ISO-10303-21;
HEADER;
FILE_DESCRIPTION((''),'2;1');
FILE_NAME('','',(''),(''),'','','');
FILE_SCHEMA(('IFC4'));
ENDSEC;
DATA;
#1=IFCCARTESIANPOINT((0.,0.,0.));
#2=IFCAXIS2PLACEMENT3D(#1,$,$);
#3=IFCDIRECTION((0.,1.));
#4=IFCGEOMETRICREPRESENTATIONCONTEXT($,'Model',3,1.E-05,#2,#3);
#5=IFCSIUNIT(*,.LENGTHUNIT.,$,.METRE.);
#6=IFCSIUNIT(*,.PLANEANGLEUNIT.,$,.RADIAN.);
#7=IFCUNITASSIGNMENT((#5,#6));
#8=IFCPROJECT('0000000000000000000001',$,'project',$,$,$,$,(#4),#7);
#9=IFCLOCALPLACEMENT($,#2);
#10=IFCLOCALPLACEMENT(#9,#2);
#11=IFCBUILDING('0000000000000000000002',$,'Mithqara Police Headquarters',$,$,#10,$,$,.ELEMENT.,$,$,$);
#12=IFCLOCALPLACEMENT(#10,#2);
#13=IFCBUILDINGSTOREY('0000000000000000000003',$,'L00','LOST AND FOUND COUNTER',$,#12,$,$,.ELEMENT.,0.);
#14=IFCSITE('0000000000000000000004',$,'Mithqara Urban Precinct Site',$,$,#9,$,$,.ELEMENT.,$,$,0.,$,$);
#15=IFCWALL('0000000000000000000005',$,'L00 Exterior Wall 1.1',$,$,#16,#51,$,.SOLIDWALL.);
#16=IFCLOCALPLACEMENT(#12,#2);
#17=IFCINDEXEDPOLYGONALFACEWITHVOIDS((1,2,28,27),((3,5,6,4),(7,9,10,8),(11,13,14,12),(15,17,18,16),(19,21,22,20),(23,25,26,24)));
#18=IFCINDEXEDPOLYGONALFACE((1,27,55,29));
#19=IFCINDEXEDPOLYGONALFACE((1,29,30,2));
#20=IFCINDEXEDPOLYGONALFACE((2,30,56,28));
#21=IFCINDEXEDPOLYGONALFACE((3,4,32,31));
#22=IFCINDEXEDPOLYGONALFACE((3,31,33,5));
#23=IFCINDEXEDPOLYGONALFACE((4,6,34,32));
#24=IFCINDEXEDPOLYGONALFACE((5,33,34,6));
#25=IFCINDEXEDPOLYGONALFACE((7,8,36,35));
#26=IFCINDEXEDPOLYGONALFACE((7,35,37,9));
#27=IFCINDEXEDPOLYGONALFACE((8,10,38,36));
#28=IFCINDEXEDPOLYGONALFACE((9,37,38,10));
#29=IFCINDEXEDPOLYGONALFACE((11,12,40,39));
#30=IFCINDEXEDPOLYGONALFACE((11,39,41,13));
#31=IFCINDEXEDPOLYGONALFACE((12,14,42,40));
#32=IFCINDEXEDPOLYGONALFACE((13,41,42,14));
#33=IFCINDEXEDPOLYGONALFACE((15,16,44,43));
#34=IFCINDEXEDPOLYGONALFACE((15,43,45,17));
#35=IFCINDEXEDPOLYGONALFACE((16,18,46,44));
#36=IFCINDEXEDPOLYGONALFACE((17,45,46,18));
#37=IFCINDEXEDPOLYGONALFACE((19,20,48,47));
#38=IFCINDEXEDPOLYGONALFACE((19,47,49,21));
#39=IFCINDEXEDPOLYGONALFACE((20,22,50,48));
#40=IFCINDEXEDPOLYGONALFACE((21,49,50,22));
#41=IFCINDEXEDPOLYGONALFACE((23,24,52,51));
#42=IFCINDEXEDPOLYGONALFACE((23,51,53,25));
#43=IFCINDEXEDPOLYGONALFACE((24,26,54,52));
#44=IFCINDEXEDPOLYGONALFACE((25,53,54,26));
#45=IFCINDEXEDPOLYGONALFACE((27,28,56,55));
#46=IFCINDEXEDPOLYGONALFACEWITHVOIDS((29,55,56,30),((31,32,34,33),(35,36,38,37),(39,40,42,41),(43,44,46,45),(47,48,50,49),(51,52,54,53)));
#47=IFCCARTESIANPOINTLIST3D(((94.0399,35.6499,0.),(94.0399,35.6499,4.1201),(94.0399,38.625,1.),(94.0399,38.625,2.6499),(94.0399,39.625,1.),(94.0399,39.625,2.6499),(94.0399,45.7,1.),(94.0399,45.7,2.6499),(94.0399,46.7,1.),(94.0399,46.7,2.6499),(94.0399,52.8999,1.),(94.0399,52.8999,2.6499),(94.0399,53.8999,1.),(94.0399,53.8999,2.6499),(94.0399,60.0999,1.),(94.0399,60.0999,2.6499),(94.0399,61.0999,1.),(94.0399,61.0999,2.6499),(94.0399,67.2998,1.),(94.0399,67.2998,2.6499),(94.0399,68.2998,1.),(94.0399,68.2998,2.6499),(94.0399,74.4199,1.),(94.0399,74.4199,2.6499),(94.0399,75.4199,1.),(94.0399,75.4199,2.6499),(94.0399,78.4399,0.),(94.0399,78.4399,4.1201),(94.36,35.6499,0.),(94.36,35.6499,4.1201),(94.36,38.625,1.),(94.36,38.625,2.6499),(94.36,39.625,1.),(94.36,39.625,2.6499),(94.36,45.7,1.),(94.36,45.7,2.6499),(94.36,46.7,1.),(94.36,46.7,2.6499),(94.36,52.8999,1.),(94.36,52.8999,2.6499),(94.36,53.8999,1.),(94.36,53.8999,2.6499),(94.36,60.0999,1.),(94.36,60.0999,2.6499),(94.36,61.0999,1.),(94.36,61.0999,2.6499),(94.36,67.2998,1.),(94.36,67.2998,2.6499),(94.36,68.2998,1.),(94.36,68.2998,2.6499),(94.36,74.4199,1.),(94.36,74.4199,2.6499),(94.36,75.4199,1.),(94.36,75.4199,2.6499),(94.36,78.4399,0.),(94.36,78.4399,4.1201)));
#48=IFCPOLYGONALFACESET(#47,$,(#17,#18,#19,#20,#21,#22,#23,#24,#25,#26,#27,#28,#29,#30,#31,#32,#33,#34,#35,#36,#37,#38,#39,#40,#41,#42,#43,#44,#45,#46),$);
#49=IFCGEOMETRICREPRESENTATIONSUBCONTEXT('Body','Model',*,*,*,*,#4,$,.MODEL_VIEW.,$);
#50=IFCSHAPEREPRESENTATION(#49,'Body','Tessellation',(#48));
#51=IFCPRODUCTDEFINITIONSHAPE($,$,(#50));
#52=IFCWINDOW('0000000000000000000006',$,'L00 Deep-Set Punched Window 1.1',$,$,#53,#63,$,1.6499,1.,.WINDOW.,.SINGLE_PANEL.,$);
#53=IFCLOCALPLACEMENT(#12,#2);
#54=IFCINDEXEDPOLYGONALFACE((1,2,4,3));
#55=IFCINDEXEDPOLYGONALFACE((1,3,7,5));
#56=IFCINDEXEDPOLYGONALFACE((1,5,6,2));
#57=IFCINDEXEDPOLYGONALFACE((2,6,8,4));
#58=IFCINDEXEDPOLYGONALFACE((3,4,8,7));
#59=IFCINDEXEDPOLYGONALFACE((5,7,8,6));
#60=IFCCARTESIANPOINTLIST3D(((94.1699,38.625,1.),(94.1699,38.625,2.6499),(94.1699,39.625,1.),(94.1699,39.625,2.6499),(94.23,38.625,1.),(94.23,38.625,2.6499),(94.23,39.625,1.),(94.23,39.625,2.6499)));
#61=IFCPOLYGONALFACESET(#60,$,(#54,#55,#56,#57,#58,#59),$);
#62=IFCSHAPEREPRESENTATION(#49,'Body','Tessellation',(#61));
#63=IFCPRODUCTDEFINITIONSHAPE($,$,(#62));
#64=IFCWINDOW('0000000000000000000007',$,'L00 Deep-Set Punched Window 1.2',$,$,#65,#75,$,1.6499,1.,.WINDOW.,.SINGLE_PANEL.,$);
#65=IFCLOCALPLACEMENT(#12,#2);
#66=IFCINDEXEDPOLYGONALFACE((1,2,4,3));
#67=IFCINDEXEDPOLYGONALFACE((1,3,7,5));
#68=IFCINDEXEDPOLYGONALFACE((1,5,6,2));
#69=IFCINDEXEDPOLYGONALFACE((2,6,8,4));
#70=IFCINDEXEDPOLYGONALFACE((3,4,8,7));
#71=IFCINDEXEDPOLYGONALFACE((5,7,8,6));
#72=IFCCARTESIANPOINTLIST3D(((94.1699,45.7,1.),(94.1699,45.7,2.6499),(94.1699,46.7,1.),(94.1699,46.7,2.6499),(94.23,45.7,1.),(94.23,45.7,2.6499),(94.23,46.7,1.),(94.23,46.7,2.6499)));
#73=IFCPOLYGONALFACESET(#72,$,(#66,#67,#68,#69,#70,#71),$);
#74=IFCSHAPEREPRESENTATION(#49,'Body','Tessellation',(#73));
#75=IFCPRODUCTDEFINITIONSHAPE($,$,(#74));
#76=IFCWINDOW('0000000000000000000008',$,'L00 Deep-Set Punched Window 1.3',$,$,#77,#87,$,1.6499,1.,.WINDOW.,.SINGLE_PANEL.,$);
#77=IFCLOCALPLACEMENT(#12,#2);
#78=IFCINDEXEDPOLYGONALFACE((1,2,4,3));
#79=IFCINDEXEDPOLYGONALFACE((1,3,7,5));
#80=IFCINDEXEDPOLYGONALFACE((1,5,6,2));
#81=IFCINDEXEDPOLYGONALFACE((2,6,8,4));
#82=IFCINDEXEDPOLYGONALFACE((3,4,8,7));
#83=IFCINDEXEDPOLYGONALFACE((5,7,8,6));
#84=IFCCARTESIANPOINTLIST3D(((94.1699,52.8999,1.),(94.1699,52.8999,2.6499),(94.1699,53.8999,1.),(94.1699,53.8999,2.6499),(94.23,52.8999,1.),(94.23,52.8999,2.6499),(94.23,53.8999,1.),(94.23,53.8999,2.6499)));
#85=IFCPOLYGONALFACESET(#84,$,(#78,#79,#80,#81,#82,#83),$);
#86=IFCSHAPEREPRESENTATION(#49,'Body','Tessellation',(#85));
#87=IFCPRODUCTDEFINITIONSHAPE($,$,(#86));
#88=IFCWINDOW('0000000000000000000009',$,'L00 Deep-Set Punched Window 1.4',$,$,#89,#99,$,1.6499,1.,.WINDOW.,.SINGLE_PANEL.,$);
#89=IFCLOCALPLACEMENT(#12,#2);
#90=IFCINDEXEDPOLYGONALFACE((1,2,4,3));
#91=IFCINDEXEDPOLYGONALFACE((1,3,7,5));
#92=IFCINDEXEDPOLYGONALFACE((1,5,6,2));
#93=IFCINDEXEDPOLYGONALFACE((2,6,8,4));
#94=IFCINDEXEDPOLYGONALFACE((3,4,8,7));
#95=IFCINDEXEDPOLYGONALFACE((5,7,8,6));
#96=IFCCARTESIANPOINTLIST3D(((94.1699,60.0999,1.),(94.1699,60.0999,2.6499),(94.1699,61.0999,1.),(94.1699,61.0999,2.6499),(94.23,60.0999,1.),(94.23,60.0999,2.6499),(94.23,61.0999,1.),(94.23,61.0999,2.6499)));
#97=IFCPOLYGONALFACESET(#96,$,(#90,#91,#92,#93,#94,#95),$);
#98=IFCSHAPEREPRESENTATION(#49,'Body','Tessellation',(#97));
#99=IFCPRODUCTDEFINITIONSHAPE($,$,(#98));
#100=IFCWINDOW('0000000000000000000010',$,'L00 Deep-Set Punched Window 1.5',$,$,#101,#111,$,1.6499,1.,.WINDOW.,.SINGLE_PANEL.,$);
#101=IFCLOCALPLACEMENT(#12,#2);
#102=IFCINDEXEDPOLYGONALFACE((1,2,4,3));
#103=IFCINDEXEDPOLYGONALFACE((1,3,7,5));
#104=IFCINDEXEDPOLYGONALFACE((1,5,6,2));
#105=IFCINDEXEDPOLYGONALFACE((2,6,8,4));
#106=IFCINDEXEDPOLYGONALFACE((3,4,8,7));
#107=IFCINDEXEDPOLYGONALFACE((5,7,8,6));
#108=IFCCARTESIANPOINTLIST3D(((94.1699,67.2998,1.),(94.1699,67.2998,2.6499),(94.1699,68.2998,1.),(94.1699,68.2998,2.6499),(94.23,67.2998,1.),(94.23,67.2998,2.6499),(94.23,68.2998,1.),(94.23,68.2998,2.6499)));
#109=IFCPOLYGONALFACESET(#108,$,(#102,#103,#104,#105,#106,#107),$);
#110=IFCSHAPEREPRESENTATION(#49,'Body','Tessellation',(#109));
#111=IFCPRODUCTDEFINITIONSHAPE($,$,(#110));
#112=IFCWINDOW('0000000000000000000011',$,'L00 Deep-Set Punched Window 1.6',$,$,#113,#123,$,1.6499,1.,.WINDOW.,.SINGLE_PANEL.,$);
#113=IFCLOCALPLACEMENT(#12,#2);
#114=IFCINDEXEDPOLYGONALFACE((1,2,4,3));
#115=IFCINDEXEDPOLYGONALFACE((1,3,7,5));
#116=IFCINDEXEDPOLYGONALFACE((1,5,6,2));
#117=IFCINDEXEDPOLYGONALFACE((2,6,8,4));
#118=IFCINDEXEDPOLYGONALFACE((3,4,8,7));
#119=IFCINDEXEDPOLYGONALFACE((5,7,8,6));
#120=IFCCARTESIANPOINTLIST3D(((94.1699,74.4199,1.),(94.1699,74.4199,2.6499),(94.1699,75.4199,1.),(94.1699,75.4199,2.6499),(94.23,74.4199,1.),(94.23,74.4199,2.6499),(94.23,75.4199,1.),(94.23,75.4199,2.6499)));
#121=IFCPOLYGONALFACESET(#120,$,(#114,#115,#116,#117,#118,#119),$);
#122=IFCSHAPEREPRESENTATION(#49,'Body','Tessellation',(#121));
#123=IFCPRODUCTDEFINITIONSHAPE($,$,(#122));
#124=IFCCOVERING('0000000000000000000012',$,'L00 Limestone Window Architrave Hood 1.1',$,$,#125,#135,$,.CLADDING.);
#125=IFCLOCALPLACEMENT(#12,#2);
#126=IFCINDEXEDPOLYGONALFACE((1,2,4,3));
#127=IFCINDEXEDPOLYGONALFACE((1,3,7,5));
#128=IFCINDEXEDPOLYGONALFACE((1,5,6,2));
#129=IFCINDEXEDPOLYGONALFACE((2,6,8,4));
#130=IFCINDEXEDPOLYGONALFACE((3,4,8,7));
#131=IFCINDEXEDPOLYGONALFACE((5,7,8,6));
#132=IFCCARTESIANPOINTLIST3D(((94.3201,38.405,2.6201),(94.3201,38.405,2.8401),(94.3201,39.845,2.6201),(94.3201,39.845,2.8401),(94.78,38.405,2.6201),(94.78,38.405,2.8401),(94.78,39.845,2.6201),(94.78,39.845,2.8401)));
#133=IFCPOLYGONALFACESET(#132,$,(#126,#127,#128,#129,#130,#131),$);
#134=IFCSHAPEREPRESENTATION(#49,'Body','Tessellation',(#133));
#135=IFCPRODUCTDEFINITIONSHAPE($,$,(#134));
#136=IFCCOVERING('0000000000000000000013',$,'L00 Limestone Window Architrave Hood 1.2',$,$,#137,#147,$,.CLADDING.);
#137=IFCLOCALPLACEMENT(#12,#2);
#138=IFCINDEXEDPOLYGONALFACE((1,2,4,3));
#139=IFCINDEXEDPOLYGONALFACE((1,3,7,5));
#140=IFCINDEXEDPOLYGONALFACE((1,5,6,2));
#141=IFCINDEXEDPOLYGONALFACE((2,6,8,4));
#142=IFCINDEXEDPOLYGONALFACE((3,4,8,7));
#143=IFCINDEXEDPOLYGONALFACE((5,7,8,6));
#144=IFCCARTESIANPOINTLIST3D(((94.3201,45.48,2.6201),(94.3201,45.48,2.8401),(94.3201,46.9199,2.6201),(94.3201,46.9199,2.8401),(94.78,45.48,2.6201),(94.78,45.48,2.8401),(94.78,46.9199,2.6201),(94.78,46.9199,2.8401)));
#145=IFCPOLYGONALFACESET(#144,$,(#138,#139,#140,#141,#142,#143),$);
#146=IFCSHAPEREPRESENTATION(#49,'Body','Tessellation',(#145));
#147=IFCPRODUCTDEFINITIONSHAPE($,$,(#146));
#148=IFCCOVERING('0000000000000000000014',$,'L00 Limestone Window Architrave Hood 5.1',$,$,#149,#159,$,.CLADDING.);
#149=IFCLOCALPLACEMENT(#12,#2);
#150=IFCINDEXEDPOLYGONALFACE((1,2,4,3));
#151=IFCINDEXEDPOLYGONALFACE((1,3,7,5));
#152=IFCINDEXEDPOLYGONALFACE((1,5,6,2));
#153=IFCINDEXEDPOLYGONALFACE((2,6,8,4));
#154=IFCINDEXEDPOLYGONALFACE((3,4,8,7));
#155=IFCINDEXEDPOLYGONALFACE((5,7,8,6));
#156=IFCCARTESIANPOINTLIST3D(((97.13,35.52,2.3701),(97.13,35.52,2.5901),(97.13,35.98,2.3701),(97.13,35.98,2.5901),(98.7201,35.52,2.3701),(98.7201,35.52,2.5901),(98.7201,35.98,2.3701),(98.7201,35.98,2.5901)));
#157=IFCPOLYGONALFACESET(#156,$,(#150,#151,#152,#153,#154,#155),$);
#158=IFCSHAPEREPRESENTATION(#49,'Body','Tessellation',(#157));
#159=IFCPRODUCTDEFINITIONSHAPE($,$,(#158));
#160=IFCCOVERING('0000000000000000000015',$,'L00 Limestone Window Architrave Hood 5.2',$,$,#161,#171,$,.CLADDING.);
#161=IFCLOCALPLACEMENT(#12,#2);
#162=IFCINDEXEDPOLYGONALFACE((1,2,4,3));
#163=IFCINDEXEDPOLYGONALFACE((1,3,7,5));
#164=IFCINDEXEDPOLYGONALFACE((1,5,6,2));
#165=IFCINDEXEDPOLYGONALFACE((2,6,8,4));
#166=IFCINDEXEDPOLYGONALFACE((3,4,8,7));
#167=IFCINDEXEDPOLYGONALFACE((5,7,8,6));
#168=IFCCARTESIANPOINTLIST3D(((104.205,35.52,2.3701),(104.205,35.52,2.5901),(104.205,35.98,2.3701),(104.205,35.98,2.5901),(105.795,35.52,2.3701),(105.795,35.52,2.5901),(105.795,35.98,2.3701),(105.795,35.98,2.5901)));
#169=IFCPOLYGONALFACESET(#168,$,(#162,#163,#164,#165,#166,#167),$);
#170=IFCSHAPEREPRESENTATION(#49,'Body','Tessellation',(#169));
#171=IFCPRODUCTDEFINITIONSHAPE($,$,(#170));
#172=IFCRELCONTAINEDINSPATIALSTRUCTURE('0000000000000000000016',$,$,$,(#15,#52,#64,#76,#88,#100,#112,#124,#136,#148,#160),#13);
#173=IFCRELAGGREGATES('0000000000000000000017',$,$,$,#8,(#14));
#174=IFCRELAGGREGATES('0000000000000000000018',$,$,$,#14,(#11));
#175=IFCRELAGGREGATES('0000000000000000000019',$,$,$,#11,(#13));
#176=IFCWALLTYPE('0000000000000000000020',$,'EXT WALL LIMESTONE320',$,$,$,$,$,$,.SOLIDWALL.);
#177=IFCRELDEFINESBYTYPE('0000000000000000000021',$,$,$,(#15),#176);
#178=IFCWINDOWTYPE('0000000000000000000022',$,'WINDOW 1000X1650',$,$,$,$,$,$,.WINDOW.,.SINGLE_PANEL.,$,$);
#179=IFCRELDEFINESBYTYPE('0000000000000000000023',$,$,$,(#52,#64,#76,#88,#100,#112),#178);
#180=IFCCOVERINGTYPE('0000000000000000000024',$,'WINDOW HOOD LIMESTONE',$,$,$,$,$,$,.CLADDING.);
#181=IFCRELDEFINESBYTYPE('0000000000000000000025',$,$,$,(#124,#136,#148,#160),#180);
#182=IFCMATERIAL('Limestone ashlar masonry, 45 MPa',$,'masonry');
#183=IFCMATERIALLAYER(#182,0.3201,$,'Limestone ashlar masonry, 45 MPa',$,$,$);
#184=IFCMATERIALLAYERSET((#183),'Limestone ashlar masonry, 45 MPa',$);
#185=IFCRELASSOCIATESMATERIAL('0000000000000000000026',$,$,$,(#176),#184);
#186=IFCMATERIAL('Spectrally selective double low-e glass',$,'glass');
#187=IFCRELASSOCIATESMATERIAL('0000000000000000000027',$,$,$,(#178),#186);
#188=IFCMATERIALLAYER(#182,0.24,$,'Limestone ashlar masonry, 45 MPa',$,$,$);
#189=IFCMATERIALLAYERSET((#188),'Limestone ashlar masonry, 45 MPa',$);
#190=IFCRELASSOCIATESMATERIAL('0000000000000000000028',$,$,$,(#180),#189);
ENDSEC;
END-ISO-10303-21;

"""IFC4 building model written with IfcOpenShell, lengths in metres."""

from ifc_helpers import new_model, si_unit, direction, frame, frame_2d, origin, origin_2d, place, context, subcontext, project, spatial, rectangle, extrude, material, layer, layer_set, type_object, element, fill, save


model = new_model("IFC4")

# Units and contexts
model_context = context("Model", 3, precision=1e-05, world=origin(), true_north=direction((0.0, 1.0)))
body_context = subcontext(model_context, "Body", "Model", "MODEL_VIEW")
ifc_project = project(units=[si_unit("LENGTHUNIT", "METRE"), si_unit("PLANEANGLEUNIT", "RADIAN")], contexts=[model_context])

# Site, building, storey
site_placement = place(None, origin())
site = spatial("IfcSite", under=ifc_project, at=site_placement, Name="Mithqara Urban Precinct Site", CompositionType="ELEMENT", RefElevation=0.0)
building_placement = place(site_placement, origin())
building = spatial("IfcBuilding", under=site, at=building_placement, Name="Mithqara Police Headquarters", CompositionType="ELEMENT")
storey_placement = place(building_placement, origin())
storey = spatial("IfcBuildingStorey", under=building, at=storey_placement, Name="L00", Description="LOST AND FOUND COUNTER", CompositionType="ELEMENT", Elevation=0.0)

# Wall, openings, windows
ifc_material_1 = material(Name="Limestone ashlar masonry, 45 MPa", Category="masonry")
ifc_layer_1 = layer(ifc_material_1, 0.3201, Name="Limestone ashlar masonry, 45 MPa")
ifc_layer_set_1 = layer_set([ifc_layer_1], Name="Limestone ashlar masonry, 45 MPa")
wall_type = type_object("IfcWallType", Name="EXT WALL LIMESTONE320", PredefinedType="SOLIDWALL", material=ifc_layer_set_1)
wall_placement = place(storey_placement, frame((94.2, 35.6499, 0.0), z_axis=(0.0, 0.0, 1.0), x_axis=(0.0, 1.0, 0.0)))
wall = element("IfcWall", 1, at=wall_placement, inside=storey, type_object=wall_type, Name="L00 Exterior Wall 1.1", PredefinedType="SOLIDWALL", context=body_context, shape_type="SweptSolid", body=[
    extrude(rectangle(XDim=42.79, YDim=0.3201, at=frame_2d((21.395, 0.0))), origin(), (0.0, 0.0, 1.0), 4.1201),
])
opening_1_placement = place(wall_placement, frame((2.9751, 0.0, 1.0)))
opening_1 = element("IfcOpeningElement", 2, at=opening_1_placement, cuts=wall, PredefinedType="OPENING", context=body_context, shape_type="SweptSolid", body=[
    extrude(rectangle(XDim=1.0, YDim=1.6499, at=frame_2d((0.5, 0.825))), frame((0.0, 0.1699, 0.0), z_axis=(0.0, -1.0, 0.0), x_axis=(1.0, 0.0, 0.0)), (0.0, 0.0, 1.0), 0.3401),
])
opening_2_placement = place(wall_placement, frame((10.05, 0.0, 1.0)))
opening_2 = element("IfcOpeningElement", 3, at=opening_2_placement, cuts=wall, PredefinedType="OPENING", context=body_context, shape_type="SweptSolid", body=[
    extrude(rectangle(XDim=1.0, YDim=1.6499, at=frame_2d((0.5, 0.825))), frame((0.0, 0.1699, 0.0), z_axis=(0.0, -1.0, 0.0), x_axis=(1.0, 0.0, 0.0)), (0.0, 0.0, 1.0), 0.3401),
])
opening_3_placement = place(wall_placement, frame((17.25, 0.0, 1.0)))
opening_3 = element("IfcOpeningElement", 4, at=opening_3_placement, cuts=wall, PredefinedType="OPENING", context=body_context, shape_type="SweptSolid", body=[
    extrude(rectangle(XDim=1.0, YDim=1.6499, at=frame_2d((0.5, 0.825))), frame((0.0, 0.1699, 0.0), z_axis=(0.0, -1.0, 0.0), x_axis=(1.0, 0.0, 0.0)), (0.0, 0.0, 1.0), 0.3401),
])
opening_4_placement = place(wall_placement, frame((24.45, 0.0, 1.0)))
opening_4 = element("IfcOpeningElement", 5, at=opening_4_placement, cuts=wall, PredefinedType="OPENING", context=body_context, shape_type="SweptSolid", body=[
    extrude(rectangle(XDim=1.0, YDim=1.6499, at=frame_2d((0.5, 0.825))), frame((0.0, 0.1699, 0.0), z_axis=(0.0, -1.0, 0.0), x_axis=(1.0, 0.0, 0.0)), (0.0, 0.0, 1.0), 0.3401),
])
opening_5_placement = place(wall_placement, frame((31.6499, 0.0, 1.0)))
opening_5 = element("IfcOpeningElement", 6, at=opening_5_placement, cuts=wall, PredefinedType="OPENING", context=body_context, shape_type="SweptSolid", body=[
    extrude(rectangle(XDim=1.0, YDim=1.6499, at=frame_2d((0.5, 0.825))), frame((0.0, 0.1699, 0.0), z_axis=(0.0, -1.0, 0.0), x_axis=(1.0, 0.0, 0.0)), (0.0, 0.0, 1.0), 0.3401),
])
opening_6_placement = place(wall_placement, frame((38.77, 0.0, 1.0)))
opening_6 = element("IfcOpeningElement", 7, at=opening_6_placement, cuts=wall, PredefinedType="OPENING", context=body_context, shape_type="SweptSolid", body=[
    extrude(rectangle(XDim=1.0, YDim=1.6499, at=frame_2d((0.5, 0.825))), frame((0.0, 0.1699, 0.0), z_axis=(0.0, -1.0, 0.0), x_axis=(1.0, 0.0, 0.0)), (0.0, 0.0, 1.0), 0.3401),
])
ifc_material_2 = material(Name="Spectrally selective double low-e glass", Category="glass")
window_type = type_object("IfcWindowType", Name="WINDOW 1000X1650", PartitioningType="SINGLE_PANEL", PredefinedType="WINDOW", material=ifc_material_2)
window_1_placement = place(opening_1_placement, origin())
window_1 = element("IfcWindow", 8, at=window_1_placement, inside=storey, type_object=window_type, Name="L00 Deep-Set Punched Window 1.1", OverallHeight=1.6499, OverallWidth=1.0, PartitioningType="SINGLE_PANEL", PredefinedType="WINDOW", context=body_context, shape_type="SweptSolid", body=[
    extrude(rectangle(XDim=1.0, YDim=1.6499, at=frame_2d((0.5, 0.825))), frame((0.0, 0.03, 0.0), z_axis=(0.0, -1.0, 0.0), x_axis=(1.0, 0.0, 0.0)), (0.0, 0.0, 1.0), 0.0601),
])
fill(opening_1, window_1)
window_2_placement = place(opening_2_placement, origin())
window_2 = element("IfcWindow", 9, at=window_2_placement, inside=storey, type_object=window_type, Name="L00 Deep-Set Punched Window 1.2", OverallHeight=1.6499, OverallWidth=1.0, PartitioningType="SINGLE_PANEL", PredefinedType="WINDOW", context=body_context, shape_type="SweptSolid", body=[
    extrude(rectangle(XDim=1.0, YDim=1.6499, at=frame_2d((0.5, 0.825))), frame((0.0, 0.03, 0.0), z_axis=(0.0, -1.0, 0.0), x_axis=(1.0, 0.0, 0.0)), (0.0, 0.0, 1.0), 0.0601),
])
fill(opening_2, window_2)
window_3_placement = place(opening_3_placement, origin())
window_3 = element("IfcWindow", 10, at=window_3_placement, inside=storey, type_object=window_type, Name="L00 Deep-Set Punched Window 1.3", OverallHeight=1.6499, OverallWidth=1.0, PartitioningType="SINGLE_PANEL", PredefinedType="WINDOW", context=body_context, shape_type="SweptSolid", body=[
    extrude(rectangle(XDim=1.0, YDim=1.6499, at=frame_2d((0.5, 0.825))), frame((0.0, 0.03, 0.0), z_axis=(0.0, -1.0, 0.0), x_axis=(1.0, 0.0, 0.0)), (0.0, 0.0, 1.0), 0.0601),
])
fill(opening_3, window_3)
window_4_placement = place(opening_4_placement, origin())
window_4 = element("IfcWindow", 11, at=window_4_placement, inside=storey, type_object=window_type, Name="L00 Deep-Set Punched Window 1.4", OverallHeight=1.6499, OverallWidth=1.0, PartitioningType="SINGLE_PANEL", PredefinedType="WINDOW", context=body_context, shape_type="SweptSolid", body=[
    extrude(rectangle(XDim=1.0, YDim=1.6499, at=frame_2d((0.5, 0.825))), frame((0.0, 0.03, 0.0), z_axis=(0.0, -1.0, 0.0), x_axis=(1.0, 0.0, 0.0)), (0.0, 0.0, 1.0), 0.0601),
])
fill(opening_4, window_4)
window_5_placement = place(opening_5_placement, origin())
window_5 = element("IfcWindow", 12, at=window_5_placement, inside=storey, type_object=window_type, Name="L00 Deep-Set Punched Window 1.5", OverallHeight=1.6499, OverallWidth=1.0, PartitioningType="SINGLE_PANEL", PredefinedType="WINDOW", context=body_context, shape_type="SweptSolid", body=[
    extrude(rectangle(XDim=1.0, YDim=1.6499, at=frame_2d((0.5, 0.825))), frame((0.0, 0.03, 0.0), z_axis=(0.0, -1.0, 0.0), x_axis=(1.0, 0.0, 0.0)), (0.0, 0.0, 1.0), 0.0601),
])
fill(opening_5, window_5)
window_6_placement = place(opening_6_placement, origin())
window_6 = element("IfcWindow", 13, at=window_6_placement, inside=storey, type_object=window_type, Name="L00 Deep-Set Punched Window 1.6", OverallHeight=1.6499, OverallWidth=1.0, PartitioningType="SINGLE_PANEL", PredefinedType="WINDOW", context=body_context, shape_type="SweptSolid", body=[
    extrude(rectangle(XDim=1.0, YDim=1.6499, at=frame_2d((0.5, 0.825))), frame((0.0, 0.03, 0.0), z_axis=(0.0, -1.0, 0.0), x_axis=(1.0, 0.0, 0.0)), (0.0, 0.0, 1.0), 0.0601),
])
fill(opening_6, window_6)

# Coverings
ifc_layer_2 = layer(ifc_material_1, 0.24, Name="Limestone ashlar masonry, 45 MPa")
ifc_layer_set_2 = layer_set([ifc_layer_2], Name="Limestone ashlar masonry, 45 MPa")
covering_type = type_object("IfcCoveringType", Name="WINDOW HOOD LIMESTONE", PredefinedType="CLADDING", material=ifc_layer_set_2)
for number, where, z_axis, x_axis, name in (
    (14, (94.55, 39.125, 2.6201), (0.0, 0.0, 1.0), (0.0, 1.0, 0.0), "L00 Limestone Window Architrave Hood 1.1"),
    (15, (94.55, 46.2, 2.6201), (0.0, 0.0, 1.0), (0.0, 1.0, 0.0), "L00 Limestone Window Architrave Hood 1.2"),
):
    element("IfcCovering", number, at=place(storey_placement, frame(where, z_axis=z_axis, x_axis=x_axis)), inside=storey, type_object=covering_type, Name=name, PredefinedType="CLADDING", context=body_context, shape_type="SweptSolid", body=[
        extrude(rectangle(XDim=1.4399, YDim=0.46, at=origin_2d()), origin(), (0.0, 0.0, 1.0), 0.22),
    ])
for number, where, z_axis, x_axis, name in (
    (16, (97.925, 35.75, 2.3701), (0.0, 0.0, 1.0), (1.0, 0.0, 0.0), "L00 Limestone Window Architrave Hood 5.1"),
    (17, (105.0, 35.75, 2.3701), (0.0, 0.0, 1.0), (1.0, 0.0, 0.0), "L00 Limestone Window Architrave Hood 5.2"),
):
    element("IfcCovering", number, at=place(storey_placement, frame(where, z_axis=z_axis, x_axis=x_axis)), inside=storey, type_object=covering_type, Name=name, PredefinedType="CLADDING", context=body_context, shape_type="SweptSolid", body=[
        extrude(rectangle(XDim=1.5901, YDim=0.46, at=origin_2d()), origin(), (0.0, 0.0, 1.0), 0.22),
    ])

save(model, "model.ifc")
